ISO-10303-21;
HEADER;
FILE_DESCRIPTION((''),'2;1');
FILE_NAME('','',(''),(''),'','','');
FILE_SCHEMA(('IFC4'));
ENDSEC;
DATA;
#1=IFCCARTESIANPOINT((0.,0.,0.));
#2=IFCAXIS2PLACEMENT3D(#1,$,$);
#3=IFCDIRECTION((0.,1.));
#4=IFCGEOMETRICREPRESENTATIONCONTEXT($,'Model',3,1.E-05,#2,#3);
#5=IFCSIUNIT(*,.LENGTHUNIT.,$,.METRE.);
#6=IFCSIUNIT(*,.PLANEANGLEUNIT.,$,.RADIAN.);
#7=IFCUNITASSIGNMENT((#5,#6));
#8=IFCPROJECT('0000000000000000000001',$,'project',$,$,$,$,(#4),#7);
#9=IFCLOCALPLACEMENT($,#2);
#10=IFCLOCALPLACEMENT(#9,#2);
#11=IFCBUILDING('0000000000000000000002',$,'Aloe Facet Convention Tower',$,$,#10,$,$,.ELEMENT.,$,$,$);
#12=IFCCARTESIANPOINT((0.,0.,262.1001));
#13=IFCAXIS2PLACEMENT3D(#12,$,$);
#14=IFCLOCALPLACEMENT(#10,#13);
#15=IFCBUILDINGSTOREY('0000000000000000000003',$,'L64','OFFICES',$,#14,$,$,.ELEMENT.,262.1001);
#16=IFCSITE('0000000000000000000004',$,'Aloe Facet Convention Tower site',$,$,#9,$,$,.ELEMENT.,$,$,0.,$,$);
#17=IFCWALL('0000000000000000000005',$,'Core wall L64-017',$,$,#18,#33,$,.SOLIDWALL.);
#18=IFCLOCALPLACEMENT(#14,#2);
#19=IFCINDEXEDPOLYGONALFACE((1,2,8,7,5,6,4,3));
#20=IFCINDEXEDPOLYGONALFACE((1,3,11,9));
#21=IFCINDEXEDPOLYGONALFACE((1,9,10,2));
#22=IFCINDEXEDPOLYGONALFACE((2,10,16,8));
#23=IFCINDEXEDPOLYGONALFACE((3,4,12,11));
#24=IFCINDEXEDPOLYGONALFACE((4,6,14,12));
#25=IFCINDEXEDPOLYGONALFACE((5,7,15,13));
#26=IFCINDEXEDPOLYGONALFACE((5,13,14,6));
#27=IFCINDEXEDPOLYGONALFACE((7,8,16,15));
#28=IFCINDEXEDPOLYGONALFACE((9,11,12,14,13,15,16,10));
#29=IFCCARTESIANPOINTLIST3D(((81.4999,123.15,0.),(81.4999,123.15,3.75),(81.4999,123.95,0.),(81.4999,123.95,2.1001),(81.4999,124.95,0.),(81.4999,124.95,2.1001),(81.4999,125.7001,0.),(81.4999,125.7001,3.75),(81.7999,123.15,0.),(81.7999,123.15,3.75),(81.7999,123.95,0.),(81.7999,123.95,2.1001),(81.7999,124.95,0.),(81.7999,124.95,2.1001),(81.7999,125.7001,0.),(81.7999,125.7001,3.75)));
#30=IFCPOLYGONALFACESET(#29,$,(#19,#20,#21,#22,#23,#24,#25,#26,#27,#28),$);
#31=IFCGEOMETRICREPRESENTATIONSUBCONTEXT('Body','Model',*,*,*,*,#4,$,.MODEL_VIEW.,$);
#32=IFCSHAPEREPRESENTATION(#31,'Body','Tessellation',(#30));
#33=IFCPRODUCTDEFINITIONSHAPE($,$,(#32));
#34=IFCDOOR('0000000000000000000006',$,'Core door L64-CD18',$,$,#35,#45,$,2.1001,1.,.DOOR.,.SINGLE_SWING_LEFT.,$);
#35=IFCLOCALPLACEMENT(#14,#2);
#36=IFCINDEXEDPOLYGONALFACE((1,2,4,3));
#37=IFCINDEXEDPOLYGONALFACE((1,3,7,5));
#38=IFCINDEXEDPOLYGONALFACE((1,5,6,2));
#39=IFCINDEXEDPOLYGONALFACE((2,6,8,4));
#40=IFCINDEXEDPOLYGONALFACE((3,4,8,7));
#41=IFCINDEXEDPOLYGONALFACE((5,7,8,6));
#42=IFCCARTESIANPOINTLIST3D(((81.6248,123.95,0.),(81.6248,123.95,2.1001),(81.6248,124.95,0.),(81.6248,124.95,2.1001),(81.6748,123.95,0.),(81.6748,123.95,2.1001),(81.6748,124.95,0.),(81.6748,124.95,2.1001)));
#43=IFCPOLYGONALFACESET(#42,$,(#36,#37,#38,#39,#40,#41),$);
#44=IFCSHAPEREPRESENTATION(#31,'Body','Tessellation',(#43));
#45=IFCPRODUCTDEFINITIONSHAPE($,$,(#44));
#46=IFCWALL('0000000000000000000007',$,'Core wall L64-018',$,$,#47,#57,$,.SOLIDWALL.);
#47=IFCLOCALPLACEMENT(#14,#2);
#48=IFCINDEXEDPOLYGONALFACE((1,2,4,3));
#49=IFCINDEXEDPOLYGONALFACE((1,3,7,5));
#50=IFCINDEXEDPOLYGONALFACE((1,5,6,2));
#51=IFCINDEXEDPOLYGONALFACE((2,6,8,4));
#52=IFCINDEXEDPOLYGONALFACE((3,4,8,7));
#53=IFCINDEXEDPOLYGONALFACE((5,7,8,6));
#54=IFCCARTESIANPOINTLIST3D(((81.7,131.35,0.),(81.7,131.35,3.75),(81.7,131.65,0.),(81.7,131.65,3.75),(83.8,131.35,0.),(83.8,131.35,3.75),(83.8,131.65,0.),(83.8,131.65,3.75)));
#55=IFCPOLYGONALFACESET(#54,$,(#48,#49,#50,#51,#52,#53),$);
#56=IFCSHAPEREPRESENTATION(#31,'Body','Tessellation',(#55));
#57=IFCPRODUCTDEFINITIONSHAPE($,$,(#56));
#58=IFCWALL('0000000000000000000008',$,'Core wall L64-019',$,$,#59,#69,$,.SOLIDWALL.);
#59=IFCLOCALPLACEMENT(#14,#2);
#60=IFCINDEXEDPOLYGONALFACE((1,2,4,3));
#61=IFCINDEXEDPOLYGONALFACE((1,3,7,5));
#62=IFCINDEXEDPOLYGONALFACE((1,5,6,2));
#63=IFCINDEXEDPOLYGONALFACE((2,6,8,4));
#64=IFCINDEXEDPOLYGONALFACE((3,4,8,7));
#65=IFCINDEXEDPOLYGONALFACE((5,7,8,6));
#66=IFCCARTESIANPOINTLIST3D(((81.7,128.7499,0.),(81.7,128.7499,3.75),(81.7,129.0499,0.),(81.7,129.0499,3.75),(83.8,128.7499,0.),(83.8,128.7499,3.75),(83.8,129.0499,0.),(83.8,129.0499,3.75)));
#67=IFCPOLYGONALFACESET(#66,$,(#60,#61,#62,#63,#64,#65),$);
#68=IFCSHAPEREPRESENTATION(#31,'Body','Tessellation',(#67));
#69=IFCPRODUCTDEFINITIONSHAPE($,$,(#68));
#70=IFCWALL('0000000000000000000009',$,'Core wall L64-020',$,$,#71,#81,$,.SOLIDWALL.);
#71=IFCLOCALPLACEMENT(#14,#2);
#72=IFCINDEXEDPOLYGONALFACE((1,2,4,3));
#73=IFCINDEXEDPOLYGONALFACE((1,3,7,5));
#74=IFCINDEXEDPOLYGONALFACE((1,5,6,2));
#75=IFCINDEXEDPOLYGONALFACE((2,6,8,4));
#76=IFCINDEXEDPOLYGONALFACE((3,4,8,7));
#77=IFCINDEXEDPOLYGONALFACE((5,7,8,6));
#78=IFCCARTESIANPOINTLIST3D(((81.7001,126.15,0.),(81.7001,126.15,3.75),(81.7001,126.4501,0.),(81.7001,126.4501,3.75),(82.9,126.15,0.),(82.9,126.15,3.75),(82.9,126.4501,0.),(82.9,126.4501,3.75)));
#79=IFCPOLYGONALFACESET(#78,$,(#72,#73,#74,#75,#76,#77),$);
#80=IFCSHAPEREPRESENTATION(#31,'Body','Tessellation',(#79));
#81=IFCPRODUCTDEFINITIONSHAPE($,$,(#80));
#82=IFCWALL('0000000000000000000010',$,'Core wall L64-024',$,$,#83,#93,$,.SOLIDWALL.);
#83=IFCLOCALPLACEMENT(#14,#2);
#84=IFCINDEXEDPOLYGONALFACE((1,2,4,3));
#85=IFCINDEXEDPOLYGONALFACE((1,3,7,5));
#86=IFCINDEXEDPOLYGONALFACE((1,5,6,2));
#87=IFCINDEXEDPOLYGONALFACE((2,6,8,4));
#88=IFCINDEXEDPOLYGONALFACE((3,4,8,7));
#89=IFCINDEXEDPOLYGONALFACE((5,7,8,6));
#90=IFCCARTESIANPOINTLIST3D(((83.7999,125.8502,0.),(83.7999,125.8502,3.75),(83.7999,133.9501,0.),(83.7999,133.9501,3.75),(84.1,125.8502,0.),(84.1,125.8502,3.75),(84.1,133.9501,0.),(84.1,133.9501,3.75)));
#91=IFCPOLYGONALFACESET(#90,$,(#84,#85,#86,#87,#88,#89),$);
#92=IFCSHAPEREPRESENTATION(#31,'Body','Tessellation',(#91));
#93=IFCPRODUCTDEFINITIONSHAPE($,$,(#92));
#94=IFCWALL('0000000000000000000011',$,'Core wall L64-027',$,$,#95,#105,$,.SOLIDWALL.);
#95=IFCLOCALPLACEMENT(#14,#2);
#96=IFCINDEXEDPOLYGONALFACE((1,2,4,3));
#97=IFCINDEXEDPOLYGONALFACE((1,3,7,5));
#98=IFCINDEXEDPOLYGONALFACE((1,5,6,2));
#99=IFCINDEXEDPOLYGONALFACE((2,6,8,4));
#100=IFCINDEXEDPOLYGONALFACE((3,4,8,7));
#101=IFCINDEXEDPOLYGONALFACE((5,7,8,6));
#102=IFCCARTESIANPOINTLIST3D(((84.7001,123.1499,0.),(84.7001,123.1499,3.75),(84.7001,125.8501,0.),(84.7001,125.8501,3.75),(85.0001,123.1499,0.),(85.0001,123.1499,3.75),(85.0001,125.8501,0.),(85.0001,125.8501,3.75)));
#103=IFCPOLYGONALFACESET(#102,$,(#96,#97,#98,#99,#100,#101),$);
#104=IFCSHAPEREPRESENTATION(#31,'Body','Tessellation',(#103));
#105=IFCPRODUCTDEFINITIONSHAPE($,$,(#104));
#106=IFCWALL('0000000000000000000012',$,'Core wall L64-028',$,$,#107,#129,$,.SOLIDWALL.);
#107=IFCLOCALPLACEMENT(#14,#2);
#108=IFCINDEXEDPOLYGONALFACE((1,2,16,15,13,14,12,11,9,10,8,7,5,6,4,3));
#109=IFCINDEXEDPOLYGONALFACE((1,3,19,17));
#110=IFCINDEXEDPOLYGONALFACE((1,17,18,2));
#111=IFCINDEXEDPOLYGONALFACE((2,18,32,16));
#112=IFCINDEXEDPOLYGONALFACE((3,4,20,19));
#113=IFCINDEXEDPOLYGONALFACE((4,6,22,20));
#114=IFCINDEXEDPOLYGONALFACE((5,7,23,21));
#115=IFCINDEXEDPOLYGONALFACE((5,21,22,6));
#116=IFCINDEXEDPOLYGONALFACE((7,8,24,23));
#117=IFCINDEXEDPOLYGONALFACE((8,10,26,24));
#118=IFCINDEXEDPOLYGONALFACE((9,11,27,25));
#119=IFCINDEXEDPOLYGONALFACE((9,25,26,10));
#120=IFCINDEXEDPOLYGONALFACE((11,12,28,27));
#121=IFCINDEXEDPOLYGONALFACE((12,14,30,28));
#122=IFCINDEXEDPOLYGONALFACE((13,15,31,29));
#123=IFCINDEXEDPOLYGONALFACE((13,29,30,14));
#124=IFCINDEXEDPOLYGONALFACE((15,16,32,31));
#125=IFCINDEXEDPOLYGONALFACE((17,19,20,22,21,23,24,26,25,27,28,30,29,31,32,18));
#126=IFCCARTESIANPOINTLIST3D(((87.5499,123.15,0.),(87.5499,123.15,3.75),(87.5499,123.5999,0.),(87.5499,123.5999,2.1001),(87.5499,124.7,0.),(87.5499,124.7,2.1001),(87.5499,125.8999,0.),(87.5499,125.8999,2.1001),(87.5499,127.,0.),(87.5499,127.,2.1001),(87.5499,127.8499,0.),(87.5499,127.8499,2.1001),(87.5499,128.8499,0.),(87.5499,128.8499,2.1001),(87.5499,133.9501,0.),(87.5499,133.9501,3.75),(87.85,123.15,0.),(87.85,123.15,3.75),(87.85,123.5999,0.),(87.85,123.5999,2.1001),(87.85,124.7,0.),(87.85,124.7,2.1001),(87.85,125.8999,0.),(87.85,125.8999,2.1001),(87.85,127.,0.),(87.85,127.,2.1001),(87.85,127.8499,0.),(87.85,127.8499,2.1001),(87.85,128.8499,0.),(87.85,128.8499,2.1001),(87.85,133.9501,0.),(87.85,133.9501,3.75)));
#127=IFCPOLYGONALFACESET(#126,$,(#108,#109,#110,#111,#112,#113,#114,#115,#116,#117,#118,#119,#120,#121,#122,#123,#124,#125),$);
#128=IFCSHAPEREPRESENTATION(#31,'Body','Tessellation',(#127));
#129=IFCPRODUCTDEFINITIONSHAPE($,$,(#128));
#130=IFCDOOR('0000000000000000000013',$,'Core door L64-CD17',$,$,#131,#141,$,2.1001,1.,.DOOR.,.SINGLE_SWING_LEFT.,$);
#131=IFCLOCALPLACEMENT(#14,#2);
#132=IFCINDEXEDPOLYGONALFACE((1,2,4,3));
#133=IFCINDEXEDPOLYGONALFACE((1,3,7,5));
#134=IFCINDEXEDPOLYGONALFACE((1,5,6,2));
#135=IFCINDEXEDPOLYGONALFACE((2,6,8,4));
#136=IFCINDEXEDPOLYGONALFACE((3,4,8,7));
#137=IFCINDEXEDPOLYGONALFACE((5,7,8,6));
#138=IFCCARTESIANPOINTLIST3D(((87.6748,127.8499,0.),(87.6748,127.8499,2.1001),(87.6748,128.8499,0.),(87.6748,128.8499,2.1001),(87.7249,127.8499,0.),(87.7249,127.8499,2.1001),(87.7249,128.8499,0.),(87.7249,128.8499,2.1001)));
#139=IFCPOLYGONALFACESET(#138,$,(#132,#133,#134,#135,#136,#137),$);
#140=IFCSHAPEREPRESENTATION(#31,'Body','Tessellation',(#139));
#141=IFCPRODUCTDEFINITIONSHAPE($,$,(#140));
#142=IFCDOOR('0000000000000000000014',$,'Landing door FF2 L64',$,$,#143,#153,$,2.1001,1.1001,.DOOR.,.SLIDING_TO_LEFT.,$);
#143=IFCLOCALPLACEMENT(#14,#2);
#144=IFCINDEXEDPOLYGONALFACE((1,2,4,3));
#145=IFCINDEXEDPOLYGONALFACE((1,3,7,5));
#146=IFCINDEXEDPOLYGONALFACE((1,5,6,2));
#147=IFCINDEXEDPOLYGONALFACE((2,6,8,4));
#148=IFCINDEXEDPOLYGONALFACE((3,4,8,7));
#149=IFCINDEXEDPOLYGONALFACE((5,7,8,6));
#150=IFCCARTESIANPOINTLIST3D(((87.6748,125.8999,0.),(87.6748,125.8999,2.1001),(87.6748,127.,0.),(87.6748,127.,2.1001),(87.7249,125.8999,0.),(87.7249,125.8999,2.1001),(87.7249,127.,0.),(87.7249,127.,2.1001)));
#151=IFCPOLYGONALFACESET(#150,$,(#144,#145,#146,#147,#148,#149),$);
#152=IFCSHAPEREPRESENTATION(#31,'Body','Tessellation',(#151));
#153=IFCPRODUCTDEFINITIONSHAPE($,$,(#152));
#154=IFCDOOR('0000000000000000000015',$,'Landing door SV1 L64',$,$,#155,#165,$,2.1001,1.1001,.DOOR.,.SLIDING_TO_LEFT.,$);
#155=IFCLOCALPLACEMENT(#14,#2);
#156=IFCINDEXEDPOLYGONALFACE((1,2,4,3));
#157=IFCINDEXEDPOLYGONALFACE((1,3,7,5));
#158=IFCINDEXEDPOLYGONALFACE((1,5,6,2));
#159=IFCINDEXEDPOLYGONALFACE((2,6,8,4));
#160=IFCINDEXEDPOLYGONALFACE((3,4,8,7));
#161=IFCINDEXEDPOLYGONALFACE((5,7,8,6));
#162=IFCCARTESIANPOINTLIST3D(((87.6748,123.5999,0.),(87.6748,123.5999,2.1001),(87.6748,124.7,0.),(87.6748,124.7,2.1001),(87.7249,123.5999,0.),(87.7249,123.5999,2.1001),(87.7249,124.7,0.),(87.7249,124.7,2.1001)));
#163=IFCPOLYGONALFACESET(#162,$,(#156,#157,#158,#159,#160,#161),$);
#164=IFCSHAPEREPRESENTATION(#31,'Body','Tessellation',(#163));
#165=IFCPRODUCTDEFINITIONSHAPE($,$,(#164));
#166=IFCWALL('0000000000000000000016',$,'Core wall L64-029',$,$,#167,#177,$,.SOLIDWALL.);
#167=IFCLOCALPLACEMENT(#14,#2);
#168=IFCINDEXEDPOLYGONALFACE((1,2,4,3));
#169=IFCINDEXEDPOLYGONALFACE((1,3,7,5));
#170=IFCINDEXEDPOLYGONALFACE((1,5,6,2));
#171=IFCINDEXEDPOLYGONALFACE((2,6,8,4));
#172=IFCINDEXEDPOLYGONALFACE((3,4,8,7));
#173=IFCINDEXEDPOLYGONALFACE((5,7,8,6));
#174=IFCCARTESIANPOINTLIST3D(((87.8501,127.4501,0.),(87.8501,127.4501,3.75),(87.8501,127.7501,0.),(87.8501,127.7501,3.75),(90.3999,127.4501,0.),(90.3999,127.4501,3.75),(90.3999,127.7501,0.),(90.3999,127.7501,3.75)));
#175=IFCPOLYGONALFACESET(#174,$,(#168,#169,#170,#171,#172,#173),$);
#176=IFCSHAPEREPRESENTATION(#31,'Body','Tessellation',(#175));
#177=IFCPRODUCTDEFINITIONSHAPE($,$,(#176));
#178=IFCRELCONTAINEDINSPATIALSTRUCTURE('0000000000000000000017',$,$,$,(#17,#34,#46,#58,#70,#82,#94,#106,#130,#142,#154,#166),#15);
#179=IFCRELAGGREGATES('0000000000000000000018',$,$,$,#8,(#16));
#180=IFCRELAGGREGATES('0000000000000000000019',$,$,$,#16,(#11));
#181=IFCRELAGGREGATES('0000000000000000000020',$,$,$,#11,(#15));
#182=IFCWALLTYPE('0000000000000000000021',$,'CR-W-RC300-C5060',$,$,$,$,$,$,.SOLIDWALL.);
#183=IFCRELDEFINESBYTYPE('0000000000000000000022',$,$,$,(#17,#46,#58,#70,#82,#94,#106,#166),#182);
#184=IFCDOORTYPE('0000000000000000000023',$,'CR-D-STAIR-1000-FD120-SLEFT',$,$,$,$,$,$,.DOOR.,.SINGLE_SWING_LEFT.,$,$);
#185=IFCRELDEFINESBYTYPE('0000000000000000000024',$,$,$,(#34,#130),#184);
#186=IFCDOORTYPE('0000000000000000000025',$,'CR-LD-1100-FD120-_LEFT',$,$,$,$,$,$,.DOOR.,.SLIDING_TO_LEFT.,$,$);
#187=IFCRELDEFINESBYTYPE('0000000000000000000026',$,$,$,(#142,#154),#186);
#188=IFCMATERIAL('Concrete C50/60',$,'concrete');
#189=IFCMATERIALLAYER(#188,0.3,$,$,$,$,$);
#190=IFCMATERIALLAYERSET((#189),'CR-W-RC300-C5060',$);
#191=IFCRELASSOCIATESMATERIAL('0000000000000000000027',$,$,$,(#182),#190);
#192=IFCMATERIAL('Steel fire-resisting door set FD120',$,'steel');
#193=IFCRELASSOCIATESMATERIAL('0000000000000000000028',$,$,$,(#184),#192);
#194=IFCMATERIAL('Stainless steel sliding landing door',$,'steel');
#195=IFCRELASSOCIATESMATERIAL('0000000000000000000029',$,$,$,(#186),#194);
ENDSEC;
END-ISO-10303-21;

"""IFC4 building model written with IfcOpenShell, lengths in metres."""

from ifc_helpers import new_model, si_unit, direction, frame, frame_2d, origin, place, context, subcontext, project, spatial, rectangle, extrude, material, layer, layer_set, type_object, element, fill, save


model = new_model("IFC4")

# Units and contexts
model_context = context("Model", 3, precision=1e-05, world=origin(), true_north=direction((0.0, 1.0)))
body_context = subcontext(model_context, "Body", "Model", "MODEL_VIEW")
ifc_project = project(units=[si_unit("LENGTHUNIT", "METRE"), si_unit("PLANEANGLEUNIT", "RADIAN")], contexts=[model_context])

# Site, building, storey
site_placement = place(None, origin())
site = spatial("IfcSite", under=ifc_project, at=site_placement, Name="Aloe Facet Convention Tower site", CompositionType="ELEMENT", RefElevation=0.0)
building_placement = place(site_placement, origin())
building = spatial("IfcBuilding", under=site, at=building_placement, Name="Aloe Facet Convention Tower", CompositionType="ELEMENT")
storey_placement = place(building_placement, frame((0.0, 0.0, 262.1001)))
storey = spatial("IfcBuildingStorey", under=building, at=storey_placement, Name="L64", Description="OFFICES", CompositionType="ELEMENT", Elevation=262.1001)

# Shared definitions
ifc_material_1 = material(Name="Concrete C50/60", Category="concrete")
ifc_layer_1 = layer(ifc_material_1, 0.3)
ifc_layer_set_1 = layer_set([ifc_layer_1], Name="CR-W-RC300-C5060")
wall_type_1 = type_object("IfcWallType", Name="CR-W-RC300-C5060", PredefinedType="SOLIDWALL", material=ifc_layer_set_1)

# Wall, opening, door
wall_1_placement = place(storey_placement, frame((81.6499, 125.7, 0.0), z_axis=(0.0, 0.0, 1.0), x_axis=(0.0, -1.0, 0.0)))
wall_1 = element("IfcWall", 1, at=wall_1_placement, inside=storey, type_object=wall_type_1, Name="Core wall L64-017", PredefinedType="SOLIDWALL", context=body_context, shape_type="SweptSolid", body=[
    extrude(rectangle(XDim=2.55, YDim=0.3, at=frame_2d((1.2749, 0.0))), origin(), (0.0, 0.0, 1.0), 3.75),
])
opening_1_placement = place(wall_1_placement, frame((0.75, 0.0, 0.0)))
opening_1 = element("IfcOpeningElement", 2, at=opening_1_placement, cuts=wall_1, PredefinedType="OPENING", context=body_context, shape_type="SweptSolid", body=[
    extrude(rectangle(XDim=1.0, YDim=2.1001, at=frame_2d((0.5, 1.05))), frame((0.0, 0.1602, 0.0), z_axis=(0.0, -1.0, 0.0), x_axis=(1.0, 0.0, 0.0)), (0.0, 0.0, 1.0), 0.3201),
])
ifc_material_2 = material(Name="Steel fire-resisting door set FD120", Category="steel")
door_type_1 = type_object("IfcDoorType", Name="CR-D-STAIR-1000-FD120-SLEFT", OperationType="SINGLE_SWING_LEFT", PredefinedType="DOOR", material=ifc_material_2)
door_1_placement = place(opening_1_placement, origin())
door_1 = element("IfcDoor", 3, at=door_1_placement, inside=storey, type_object=door_type_1, Name="Core door L64-CD18", OperationType="SINGLE_SWING_LEFT", OverallHeight=2.1001, OverallWidth=1.0, PredefinedType="DOOR", context=body_context, shape_type="SweptSolid", body=[
    extrude(rectangle(XDim=1.0, YDim=2.1001, at=frame_2d((0.5, 1.05))), frame((0.0, 0.0249, 0.0), z_axis=(0.0, -1.0, 0.0), x_axis=(1.0, 0.0, 0.0)), (0.0, 0.0, 1.0), 0.05),
])
fill(opening_1, door_1)

# Walls
for number, where, z_axis, x_axis, name in (
    (4, (81.7, 131.5, 0.0), (0.0, 0.0, 1.0), (1.0, 0.0, 0.0), "Core wall L64-018"),
    (5, (81.7, 128.8999, 0.0), (0.0, 0.0, 1.0), (1.0, 0.0, 0.0), "Core wall L64-019"),
):
    element("IfcWall", number, at=place(storey_placement, frame(where, z_axis=z_axis, x_axis=x_axis)), inside=storey, type_object=wall_type_1, Name=name, PredefinedType="SOLIDWALL", context=body_context, shape_type="SweptSolid", body=[
        extrude(rectangle(XDim=2.1001, YDim=0.3, at=frame_2d((1.05, 0.0))), origin(), (0.0, 0.0, 1.0), 3.75),
    ])
wall_2_placement = place(storey_placement, frame((81.7, 126.3, 0.0), z_axis=(0.0, 0.0, 1.0), x_axis=(1.0, 0.0, 0.0)))
element("IfcWall", 6, at=wall_2_placement, inside=storey, type_object=wall_type_1, Name="Core wall L64-020", PredefinedType="SOLIDWALL", context=body_context, shape_type="SweptSolid", body=[
    extrude(rectangle(XDim=1.2, YDim=0.3, at=frame_2d((0.6001, 0.0))), origin(), (0.0, 0.0, 1.0), 3.75),
])
wall_3_placement = place(storey_placement, frame((83.95, 133.95, 0.0), z_axis=(0.0, 0.0, 1.0), x_axis=(0.0, -1.0, 0.0)))
element("IfcWall", 7, at=wall_3_placement, inside=storey, type_object=wall_type_1, Name="Core wall L64-024", PredefinedType="SOLIDWALL", context=body_context, shape_type="SweptSolid", body=[
    extrude(rectangle(XDim=8.0999, YDim=0.3, at=frame_2d((4.0498, 0.0))), origin(), (0.0, 0.0, 1.0), 3.75),
])
wall_4_placement = place(storey_placement, frame((84.8501, 125.8501, 0.0), z_axis=(0.0, 0.0, 1.0), x_axis=(0.0, -1.0, 0.0)))
element("IfcWall", 8, at=wall_4_placement, inside=storey, type_object=wall_type_1, Name="Core wall L64-027", PredefinedType="SOLIDWALL", context=body_context, shape_type="SweptSolid", body=[
    extrude(rectangle(XDim=2.7002, YDim=0.3, at=frame_2d((1.3501, 0.0))), origin(), (0.0, 0.0, 1.0), 3.75),
])

# Wall, openings, doors
wall_5_placement = place(storey_placement, frame((87.7, 133.95, 0.0), z_axis=(0.0, 0.0, 1.0), x_axis=(0.0, -1.0, 0.0)))
wall_5 = element("IfcWall", 9, at=wall_5_placement, inside=storey, type_object=wall_type_1, Name="Core wall L64-028", PredefinedType="SOLIDWALL", context=body_context, shape_type="SweptSolid", body=[
    extrude(rectangle(XDim=10.8, YDim=0.3, at=frame_2d((5.3999, 0.0))), origin(), (0.0, 0.0, 1.0), 3.75),
])
opening_2_placement = place(wall_5_placement, frame((6.95, 0.0, 0.0)))
opening_2 = element("IfcOpeningElement", 10, at=opening_2_placement, cuts=wall_5, PredefinedType="OPENING", context=body_context, shape_type="SweptSolid", body=[
    extrude(rectangle(XDim=1.1001, YDim=2.1001, at=frame_2d((0.55, 1.05))), frame((0.0, 0.1602, 0.0), z_axis=(0.0, -1.0, 0.0), x_axis=(1.0, 0.0, 0.0)), (0.0, 0.0, 1.0), 0.3201),
])
opening_3_placement = place(wall_5_placement, frame((5.1001, 0.0, 0.0)))
opening_3 = element("IfcOpeningElement", 11, at=opening_3_placement, cuts=wall_5, PredefinedType="OPENING", context=body_context, shape_type="SweptSolid", body=[
    extrude(rectangle(XDim=1.0, YDim=2.1001, at=frame_2d((0.5, 1.05))), frame((0.0, 0.1602, 0.0), z_axis=(0.0, -1.0, 0.0), x_axis=(1.0, 0.0, 0.0)), (0.0, 0.0, 1.0), 0.3201),
])
opening_4_placement = place(wall_5_placement, frame((9.25, 0.0, 0.0)))
opening_4 = element("IfcOpeningElement", 12, at=opening_4_placement, cuts=wall_5, PredefinedType="OPENING", context=body_context, shape_type="SweptSolid", body=[
    extrude(rectangle(XDim=1.1001, YDim=2.1001, at=frame_2d((0.55, 1.05))), frame((0.0, 0.1602, 0.0), z_axis=(0.0, -1.0, 0.0), x_axis=(1.0, 0.0, 0.0)), (0.0, 0.0, 1.0), 0.3201),
])
door_2_placement = place(opening_3_placement, origin())
door_2 = element("IfcDoor", 13, at=door_2_placement, inside=storey, type_object=door_type_1, Name="Core door L64-CD17", OperationType="SINGLE_SWING_LEFT", OverallHeight=2.1001, OverallWidth=1.0, PredefinedType="DOOR", context=body_context, shape_type="SweptSolid", body=[
    extrude(rectangle(XDim=1.0, YDim=2.1001, at=frame_2d((0.5, 1.05))), frame((0.0, 0.0249, 0.0), z_axis=(0.0, -1.0, 0.0), x_axis=(1.0, 0.0, 0.0)), (0.0, 0.0, 1.0), 0.05),
])
fill(opening_3, door_2)
ifc_material_3 = material(Name="Stainless steel sliding landing door", Category="steel")
door_type_2 = type_object("IfcDoorType", Name="CR-LD-1100-FD120-_LEFT", OperationType="SLIDING_TO_LEFT", PredefinedType="DOOR", material=ifc_material_3)
door_3_placement = place(opening_2_placement, origin())
door_3 = element("IfcDoor", 14, at=door_3_placement, inside=storey, type_object=door_type_2, Name="Landing door FF2 L64", OperationType="SLIDING_TO_LEFT", OverallHeight=2.1001, OverallWidth=1.1001, PredefinedType="DOOR", context=body_context, shape_type="SweptSolid", body=[
    extrude(rectangle(XDim=1.1001, YDim=2.1001, at=frame_2d((0.55, 1.05))), frame((0.0, 0.0249, 0.0), z_axis=(0.0, -1.0, 0.0), x_axis=(1.0, 0.0, 0.0)), (0.0, 0.0, 1.0), 0.05),
])
fill(opening_2, door_3)
door_4_placement = place(opening_4_placement, origin())
door_4 = element("IfcDoor", 15, at=door_4_placement, inside=storey, type_object=door_type_2, Name="Landing door SV1 L64", OperationType="SLIDING_TO_LEFT", OverallHeight=2.1001, OverallWidth=1.1001, PredefinedType="DOOR", context=body_context, shape_type="SweptSolid", body=[
    extrude(rectangle(XDim=1.1001, YDim=2.1001, at=frame_2d((0.55, 1.05))), frame((0.0, 0.0249, 0.0), z_axis=(0.0, -1.0, 0.0), x_axis=(1.0, 0.0, 0.0)), (0.0, 0.0, 1.0), 0.05),
])
fill(opening_4, door_4)

# Wall
for number, where, z_axis, x_axis, name in (
    (16, (87.8501, 127.6001, 0.0), (0.0, 0.0, 1.0), (1.0, 0.0, 0.0), "Core wall L64-029"),
):
    element("IfcWall", number, at=place(storey_placement, frame(where, z_axis=z_axis, x_axis=x_axis)), inside=storey, type_object=wall_type_1, Name=name, PredefinedType="SOLIDWALL", context=body_context, shape_type="SweptSolid", body=[
        extrude(rectangle(XDim=2.5498, YDim=0.3, at=frame_2d((1.2749, 0.0))), origin(), (0.0, 0.0, 1.0), 3.75),
    ])

save(model, "model.ifc")
